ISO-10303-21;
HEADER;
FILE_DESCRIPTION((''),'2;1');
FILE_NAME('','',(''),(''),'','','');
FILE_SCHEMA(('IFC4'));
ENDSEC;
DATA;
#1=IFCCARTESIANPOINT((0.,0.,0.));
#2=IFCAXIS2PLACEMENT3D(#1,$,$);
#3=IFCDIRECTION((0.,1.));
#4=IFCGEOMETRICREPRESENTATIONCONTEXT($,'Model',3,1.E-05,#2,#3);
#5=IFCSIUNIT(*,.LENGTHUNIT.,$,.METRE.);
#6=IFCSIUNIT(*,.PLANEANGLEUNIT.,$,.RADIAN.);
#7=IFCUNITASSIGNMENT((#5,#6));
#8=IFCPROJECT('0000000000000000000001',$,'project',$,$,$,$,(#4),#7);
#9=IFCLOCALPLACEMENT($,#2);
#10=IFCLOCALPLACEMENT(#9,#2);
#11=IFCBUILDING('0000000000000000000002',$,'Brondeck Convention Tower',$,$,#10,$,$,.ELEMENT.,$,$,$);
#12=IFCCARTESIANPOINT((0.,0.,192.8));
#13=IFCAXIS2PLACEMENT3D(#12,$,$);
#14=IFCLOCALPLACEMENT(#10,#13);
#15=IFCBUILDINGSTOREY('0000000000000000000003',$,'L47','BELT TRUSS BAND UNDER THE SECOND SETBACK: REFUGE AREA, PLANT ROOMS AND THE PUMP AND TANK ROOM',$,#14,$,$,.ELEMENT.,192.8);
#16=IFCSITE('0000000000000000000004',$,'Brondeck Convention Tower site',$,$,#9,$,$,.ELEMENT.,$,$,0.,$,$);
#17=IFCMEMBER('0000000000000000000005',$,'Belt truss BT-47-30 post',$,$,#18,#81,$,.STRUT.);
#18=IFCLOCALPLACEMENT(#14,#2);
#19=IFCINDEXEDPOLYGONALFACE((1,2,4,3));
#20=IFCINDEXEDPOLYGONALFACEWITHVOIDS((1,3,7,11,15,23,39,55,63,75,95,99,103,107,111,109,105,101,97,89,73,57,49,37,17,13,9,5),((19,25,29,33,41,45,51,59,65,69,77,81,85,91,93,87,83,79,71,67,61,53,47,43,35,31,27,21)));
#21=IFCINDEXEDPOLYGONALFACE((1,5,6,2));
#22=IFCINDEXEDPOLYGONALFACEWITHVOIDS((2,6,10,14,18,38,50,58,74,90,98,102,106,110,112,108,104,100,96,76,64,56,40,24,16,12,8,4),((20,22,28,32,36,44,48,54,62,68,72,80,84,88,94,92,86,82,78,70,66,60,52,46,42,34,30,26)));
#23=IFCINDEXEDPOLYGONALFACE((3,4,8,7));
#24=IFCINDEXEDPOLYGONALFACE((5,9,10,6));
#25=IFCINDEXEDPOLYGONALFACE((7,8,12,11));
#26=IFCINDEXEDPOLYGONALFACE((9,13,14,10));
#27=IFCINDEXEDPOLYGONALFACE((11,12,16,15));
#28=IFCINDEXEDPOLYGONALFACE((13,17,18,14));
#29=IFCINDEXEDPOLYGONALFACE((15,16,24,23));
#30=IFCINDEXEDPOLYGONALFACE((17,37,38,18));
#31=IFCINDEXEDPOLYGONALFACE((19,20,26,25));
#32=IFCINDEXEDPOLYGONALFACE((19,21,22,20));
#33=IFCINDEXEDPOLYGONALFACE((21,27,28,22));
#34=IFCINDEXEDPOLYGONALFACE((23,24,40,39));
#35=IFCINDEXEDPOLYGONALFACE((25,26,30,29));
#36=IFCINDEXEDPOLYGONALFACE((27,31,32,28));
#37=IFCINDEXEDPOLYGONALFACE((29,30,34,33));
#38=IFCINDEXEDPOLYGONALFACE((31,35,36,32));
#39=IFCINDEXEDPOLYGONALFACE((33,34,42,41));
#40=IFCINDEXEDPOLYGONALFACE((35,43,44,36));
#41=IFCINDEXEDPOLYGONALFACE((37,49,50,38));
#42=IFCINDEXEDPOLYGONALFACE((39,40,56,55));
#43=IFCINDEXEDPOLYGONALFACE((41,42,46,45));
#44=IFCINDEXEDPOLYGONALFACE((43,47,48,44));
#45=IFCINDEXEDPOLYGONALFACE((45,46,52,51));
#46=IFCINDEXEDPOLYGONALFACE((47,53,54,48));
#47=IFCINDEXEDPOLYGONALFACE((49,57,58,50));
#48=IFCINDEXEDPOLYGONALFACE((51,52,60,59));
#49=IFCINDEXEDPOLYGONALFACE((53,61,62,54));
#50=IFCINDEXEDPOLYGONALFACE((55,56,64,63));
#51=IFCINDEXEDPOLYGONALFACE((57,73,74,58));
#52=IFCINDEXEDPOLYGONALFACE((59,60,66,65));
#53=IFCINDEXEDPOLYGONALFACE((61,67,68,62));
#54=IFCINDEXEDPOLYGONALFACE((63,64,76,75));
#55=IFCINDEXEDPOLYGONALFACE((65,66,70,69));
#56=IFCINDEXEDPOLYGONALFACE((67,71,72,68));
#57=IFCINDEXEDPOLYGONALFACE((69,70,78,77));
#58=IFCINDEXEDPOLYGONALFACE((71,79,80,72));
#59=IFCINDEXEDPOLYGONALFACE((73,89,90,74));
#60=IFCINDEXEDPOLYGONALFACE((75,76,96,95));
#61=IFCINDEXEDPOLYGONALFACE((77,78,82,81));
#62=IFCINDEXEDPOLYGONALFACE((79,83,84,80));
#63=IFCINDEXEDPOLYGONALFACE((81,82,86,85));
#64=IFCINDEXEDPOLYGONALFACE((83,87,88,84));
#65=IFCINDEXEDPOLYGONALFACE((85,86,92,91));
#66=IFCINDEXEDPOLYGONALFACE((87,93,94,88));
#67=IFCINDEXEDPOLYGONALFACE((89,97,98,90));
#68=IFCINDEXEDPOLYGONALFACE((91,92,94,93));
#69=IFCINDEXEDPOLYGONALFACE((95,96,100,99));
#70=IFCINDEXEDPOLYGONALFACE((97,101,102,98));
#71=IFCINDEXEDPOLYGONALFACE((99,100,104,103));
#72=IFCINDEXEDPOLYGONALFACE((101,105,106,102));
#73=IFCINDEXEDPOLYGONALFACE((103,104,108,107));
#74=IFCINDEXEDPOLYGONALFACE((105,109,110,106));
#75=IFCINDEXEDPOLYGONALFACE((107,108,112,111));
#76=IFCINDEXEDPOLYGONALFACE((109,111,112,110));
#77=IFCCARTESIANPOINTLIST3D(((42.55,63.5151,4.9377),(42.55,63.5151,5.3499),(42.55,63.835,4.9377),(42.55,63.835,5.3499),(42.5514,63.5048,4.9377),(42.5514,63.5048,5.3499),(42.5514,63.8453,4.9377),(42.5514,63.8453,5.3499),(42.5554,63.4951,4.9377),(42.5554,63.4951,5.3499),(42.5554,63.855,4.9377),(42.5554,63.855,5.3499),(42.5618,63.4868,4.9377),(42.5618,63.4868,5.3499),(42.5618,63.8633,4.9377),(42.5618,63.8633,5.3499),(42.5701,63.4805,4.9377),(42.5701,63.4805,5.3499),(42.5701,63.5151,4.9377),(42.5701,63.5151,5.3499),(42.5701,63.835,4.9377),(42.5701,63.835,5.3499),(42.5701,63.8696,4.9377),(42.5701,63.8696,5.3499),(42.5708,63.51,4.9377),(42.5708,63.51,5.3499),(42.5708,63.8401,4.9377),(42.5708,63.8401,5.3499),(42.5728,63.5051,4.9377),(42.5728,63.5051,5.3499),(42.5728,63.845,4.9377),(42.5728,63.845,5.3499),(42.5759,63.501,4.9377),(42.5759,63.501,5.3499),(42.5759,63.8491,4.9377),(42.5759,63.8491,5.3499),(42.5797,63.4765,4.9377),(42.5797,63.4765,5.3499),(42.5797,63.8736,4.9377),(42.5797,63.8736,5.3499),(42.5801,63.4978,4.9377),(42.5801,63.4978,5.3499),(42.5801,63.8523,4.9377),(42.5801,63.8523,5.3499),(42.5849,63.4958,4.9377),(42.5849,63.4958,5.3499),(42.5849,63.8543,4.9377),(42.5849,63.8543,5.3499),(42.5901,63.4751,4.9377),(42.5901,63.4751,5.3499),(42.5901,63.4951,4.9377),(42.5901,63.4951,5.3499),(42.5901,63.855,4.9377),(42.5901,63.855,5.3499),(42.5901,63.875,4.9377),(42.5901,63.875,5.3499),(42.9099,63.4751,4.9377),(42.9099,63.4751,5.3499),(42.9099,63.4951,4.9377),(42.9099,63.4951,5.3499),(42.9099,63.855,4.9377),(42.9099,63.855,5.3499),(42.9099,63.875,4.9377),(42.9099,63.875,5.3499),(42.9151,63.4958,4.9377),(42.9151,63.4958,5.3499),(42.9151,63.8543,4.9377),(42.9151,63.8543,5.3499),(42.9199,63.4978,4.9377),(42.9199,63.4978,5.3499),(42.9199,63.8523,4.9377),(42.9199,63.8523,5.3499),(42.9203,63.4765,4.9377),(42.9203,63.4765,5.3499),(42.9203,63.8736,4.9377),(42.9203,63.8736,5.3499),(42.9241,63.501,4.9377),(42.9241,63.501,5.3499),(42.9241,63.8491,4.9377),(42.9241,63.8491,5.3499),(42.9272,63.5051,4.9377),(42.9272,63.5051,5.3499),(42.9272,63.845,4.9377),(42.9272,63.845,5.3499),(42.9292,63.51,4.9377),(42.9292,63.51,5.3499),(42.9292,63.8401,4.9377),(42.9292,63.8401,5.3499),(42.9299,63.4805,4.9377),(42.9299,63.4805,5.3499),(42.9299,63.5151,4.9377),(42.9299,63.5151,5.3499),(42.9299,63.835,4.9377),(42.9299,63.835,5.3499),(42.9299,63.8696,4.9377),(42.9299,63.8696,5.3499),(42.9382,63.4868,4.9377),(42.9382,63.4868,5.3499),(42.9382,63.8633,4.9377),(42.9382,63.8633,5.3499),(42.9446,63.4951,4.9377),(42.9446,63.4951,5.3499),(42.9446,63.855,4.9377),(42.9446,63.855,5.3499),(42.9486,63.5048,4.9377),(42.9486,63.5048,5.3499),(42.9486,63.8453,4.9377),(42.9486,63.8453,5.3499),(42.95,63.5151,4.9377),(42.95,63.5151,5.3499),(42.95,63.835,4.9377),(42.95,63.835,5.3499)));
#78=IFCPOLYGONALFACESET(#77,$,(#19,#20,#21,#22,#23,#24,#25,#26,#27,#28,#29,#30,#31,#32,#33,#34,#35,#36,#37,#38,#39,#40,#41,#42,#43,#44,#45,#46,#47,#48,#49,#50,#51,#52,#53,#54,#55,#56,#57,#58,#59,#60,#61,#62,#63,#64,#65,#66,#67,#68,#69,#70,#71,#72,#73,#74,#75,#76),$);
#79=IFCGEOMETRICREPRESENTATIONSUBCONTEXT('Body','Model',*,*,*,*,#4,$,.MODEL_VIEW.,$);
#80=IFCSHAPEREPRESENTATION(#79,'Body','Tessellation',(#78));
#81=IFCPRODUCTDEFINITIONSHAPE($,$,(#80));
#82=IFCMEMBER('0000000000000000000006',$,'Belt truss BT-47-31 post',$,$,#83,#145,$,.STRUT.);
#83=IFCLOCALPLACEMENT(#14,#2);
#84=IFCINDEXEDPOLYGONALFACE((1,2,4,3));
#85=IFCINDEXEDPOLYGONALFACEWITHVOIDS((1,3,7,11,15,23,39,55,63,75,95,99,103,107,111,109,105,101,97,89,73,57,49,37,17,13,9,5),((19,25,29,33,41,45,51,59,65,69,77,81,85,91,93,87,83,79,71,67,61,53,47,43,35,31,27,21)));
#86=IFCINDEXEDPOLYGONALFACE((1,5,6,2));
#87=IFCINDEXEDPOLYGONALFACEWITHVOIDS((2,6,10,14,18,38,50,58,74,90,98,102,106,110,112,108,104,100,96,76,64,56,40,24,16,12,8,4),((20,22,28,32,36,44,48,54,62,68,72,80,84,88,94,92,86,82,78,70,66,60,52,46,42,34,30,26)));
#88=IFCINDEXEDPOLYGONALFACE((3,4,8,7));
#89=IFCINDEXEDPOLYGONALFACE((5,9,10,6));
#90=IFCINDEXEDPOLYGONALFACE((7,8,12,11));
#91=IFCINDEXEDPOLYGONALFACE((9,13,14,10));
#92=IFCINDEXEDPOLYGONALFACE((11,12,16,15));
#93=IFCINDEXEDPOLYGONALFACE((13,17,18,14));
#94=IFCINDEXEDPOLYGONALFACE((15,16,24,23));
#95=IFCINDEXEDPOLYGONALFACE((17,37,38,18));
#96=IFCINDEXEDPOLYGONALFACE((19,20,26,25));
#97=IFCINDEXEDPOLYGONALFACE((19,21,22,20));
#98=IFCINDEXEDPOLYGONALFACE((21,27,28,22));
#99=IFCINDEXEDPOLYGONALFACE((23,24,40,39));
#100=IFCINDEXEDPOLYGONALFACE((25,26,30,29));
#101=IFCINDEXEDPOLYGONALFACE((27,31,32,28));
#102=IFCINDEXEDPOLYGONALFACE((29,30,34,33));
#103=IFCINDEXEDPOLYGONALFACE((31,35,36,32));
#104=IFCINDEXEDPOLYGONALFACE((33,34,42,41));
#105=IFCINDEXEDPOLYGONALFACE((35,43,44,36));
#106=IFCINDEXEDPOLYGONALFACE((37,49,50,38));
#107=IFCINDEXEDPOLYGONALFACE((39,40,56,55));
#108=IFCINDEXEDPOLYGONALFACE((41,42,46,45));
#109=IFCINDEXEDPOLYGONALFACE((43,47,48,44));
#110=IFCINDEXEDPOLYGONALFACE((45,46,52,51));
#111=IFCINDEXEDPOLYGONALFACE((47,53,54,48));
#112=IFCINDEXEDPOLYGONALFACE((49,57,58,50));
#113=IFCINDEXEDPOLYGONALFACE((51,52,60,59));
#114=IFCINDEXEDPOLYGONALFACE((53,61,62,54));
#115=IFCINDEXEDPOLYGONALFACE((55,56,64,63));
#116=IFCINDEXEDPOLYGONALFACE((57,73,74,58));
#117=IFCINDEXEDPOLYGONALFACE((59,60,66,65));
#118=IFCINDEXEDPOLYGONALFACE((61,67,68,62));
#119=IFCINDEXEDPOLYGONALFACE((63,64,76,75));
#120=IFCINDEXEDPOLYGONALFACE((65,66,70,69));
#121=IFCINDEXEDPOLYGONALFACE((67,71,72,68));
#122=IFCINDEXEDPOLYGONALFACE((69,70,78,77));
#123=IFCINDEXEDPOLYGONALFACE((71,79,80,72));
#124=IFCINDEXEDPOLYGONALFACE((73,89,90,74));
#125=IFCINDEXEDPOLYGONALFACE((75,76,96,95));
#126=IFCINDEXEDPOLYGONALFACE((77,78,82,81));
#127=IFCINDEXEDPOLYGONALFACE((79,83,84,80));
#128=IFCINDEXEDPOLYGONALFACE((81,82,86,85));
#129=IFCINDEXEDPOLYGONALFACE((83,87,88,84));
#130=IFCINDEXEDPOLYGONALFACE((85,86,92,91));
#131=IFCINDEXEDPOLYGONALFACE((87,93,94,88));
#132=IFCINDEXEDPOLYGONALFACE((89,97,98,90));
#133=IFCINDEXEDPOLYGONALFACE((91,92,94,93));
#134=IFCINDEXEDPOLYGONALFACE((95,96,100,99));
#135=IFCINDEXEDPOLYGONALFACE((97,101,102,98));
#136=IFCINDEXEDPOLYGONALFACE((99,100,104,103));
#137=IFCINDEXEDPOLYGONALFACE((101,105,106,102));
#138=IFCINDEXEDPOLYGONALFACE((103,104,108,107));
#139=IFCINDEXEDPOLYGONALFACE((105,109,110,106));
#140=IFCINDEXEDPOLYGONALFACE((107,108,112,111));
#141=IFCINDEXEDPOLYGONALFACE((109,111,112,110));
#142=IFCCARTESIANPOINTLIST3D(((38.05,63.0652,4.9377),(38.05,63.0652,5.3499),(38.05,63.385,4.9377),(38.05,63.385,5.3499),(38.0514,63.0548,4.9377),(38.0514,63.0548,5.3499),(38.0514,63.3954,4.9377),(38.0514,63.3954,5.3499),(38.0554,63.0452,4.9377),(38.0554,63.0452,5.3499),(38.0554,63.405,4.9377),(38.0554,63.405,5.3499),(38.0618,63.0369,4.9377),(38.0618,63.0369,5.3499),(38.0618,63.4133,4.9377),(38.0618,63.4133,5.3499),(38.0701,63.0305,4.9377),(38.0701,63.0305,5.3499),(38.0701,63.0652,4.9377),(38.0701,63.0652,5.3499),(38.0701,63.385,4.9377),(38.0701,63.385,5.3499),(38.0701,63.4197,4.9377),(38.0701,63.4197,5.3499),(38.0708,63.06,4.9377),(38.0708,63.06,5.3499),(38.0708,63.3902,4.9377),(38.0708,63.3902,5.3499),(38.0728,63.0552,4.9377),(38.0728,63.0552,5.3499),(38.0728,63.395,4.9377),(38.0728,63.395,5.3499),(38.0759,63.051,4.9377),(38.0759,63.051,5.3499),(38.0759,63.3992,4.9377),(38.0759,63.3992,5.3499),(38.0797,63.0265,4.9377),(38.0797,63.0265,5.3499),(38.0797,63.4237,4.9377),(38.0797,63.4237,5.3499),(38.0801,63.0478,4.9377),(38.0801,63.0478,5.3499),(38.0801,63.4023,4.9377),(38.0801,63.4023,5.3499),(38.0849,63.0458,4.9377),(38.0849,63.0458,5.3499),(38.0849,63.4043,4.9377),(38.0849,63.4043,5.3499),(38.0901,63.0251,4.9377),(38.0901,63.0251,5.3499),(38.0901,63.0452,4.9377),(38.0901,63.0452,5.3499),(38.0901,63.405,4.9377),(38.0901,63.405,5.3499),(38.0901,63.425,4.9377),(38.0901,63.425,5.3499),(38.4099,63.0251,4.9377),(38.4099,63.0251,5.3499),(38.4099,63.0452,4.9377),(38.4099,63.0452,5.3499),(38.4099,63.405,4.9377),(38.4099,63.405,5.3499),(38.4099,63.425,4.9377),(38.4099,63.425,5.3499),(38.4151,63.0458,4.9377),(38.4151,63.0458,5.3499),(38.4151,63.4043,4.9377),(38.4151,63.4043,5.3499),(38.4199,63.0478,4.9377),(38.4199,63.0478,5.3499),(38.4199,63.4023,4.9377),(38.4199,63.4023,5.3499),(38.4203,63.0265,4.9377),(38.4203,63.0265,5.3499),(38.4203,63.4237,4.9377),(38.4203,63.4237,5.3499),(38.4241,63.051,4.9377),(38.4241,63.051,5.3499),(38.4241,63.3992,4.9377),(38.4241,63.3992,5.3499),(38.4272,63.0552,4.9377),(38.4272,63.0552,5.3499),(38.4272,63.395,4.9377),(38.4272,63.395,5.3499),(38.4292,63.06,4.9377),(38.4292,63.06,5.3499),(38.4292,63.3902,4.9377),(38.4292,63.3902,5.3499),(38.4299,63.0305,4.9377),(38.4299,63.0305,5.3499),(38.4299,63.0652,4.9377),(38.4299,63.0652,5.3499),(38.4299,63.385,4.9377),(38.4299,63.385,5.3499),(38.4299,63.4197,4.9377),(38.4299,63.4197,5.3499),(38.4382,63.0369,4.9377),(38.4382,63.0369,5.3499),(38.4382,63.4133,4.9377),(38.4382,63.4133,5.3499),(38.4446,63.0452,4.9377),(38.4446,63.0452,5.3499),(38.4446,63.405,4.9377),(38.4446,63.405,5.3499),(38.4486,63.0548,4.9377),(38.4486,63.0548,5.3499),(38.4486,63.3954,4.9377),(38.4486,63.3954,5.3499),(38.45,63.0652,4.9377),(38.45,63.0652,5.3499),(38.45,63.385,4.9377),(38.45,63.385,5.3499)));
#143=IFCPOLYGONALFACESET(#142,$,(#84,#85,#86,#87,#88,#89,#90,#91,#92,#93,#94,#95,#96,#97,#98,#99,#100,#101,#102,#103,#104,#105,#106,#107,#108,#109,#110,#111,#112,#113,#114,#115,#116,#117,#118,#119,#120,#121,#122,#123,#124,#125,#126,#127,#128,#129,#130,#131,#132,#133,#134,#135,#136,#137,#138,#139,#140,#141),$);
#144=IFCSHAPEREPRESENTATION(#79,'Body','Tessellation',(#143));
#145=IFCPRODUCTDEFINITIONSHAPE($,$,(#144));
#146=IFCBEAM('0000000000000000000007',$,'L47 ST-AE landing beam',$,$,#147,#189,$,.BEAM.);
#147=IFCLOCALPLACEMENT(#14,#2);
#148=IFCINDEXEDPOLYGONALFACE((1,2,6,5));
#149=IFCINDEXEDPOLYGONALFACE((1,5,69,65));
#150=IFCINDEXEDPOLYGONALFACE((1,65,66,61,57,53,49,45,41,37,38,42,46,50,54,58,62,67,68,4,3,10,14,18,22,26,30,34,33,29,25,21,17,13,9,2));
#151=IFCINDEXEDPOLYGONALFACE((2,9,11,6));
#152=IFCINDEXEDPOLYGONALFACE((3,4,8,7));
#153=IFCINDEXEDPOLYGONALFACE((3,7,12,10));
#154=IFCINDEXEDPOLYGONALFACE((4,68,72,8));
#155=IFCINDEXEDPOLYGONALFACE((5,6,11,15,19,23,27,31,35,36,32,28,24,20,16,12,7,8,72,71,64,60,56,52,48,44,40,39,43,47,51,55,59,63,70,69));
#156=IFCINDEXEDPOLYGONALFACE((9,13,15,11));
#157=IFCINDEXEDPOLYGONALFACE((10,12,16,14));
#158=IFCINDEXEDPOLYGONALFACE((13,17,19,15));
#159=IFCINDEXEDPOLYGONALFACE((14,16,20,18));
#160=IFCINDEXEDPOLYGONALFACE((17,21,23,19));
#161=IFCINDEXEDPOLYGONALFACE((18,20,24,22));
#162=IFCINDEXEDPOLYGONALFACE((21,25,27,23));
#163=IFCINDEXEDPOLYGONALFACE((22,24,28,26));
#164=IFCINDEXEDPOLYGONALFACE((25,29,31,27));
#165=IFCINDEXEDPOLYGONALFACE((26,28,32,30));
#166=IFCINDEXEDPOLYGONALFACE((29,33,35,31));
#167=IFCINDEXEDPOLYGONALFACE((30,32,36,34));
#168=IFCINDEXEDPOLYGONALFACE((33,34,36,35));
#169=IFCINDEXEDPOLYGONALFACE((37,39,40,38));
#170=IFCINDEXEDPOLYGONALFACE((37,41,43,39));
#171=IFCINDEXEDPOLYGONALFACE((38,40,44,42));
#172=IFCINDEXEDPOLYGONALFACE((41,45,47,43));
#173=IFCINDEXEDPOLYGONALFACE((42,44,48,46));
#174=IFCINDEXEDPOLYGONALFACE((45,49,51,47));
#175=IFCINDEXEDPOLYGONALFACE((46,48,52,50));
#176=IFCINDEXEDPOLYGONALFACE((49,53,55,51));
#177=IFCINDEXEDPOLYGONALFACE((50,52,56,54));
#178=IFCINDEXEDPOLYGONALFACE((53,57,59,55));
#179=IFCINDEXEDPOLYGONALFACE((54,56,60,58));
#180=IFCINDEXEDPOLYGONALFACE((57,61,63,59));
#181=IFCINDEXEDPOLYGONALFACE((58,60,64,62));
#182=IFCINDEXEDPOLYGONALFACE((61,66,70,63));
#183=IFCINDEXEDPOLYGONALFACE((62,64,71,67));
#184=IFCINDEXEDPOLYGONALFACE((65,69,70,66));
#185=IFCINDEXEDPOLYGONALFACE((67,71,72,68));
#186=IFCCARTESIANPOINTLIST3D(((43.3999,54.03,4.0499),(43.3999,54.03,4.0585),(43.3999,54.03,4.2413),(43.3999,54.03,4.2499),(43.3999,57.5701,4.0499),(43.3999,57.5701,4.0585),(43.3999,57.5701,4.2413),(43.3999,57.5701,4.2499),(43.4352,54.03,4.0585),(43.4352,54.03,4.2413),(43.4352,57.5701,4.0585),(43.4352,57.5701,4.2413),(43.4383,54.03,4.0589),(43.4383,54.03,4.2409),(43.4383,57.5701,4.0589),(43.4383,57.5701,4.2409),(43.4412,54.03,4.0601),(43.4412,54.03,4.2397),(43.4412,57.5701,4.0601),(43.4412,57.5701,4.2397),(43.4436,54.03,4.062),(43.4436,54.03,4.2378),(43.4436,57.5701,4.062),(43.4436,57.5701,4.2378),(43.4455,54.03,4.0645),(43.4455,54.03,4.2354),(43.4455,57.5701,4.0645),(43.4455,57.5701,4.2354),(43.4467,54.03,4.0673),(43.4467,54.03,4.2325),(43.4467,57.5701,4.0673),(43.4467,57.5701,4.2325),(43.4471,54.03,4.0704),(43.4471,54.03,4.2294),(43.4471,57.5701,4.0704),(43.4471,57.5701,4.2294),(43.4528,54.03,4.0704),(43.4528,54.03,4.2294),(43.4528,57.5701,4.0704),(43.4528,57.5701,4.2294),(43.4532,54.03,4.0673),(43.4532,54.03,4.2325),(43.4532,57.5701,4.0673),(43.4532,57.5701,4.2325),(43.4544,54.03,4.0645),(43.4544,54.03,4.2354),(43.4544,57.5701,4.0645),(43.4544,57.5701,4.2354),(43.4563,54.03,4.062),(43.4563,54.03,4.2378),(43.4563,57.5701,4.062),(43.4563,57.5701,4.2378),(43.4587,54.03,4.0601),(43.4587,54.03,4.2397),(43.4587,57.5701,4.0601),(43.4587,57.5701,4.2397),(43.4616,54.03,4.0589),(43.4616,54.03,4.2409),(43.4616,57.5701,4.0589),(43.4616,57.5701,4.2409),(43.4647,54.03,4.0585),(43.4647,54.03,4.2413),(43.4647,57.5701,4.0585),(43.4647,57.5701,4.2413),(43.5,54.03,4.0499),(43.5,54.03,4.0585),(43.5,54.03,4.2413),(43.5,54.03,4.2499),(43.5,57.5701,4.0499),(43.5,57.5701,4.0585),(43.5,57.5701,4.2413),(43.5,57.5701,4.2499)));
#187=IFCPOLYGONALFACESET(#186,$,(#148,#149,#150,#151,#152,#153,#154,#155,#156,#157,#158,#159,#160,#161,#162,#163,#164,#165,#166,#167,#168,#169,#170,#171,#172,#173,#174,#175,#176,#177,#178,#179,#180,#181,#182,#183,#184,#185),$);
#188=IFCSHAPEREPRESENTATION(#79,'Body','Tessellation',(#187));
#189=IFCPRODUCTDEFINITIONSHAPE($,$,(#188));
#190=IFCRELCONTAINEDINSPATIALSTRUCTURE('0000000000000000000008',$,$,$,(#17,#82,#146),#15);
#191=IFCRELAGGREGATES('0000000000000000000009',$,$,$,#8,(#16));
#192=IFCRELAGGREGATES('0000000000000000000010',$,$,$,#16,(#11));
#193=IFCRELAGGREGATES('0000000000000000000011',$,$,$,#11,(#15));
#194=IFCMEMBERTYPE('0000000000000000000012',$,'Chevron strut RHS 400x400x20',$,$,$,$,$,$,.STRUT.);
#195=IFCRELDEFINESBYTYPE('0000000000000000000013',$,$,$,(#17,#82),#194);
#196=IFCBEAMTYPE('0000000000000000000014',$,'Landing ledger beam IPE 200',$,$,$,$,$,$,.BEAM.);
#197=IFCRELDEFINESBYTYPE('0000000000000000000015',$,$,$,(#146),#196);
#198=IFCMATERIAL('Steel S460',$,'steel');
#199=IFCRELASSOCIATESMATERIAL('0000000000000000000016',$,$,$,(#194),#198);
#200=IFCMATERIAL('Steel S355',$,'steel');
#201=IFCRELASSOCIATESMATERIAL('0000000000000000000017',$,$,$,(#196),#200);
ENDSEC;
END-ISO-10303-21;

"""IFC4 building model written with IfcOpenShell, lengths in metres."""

from ifc_helpers import new_model, si_unit, direction, frame, origin, origin_2d, place, context, subcontext, project, spatial, hollow_rectangle, i_section, extrude, material, material_profile, profile_set, type_object, element, save


model = new_model("IFC4")

# Units and contexts
model_context = context("Model", 3, precision=1e-05, world=origin(), true_north=direction((0.0, 1.0)))
body_context = subcontext(model_context, "Body", "Model", "MODEL_VIEW")
ifc_project = project(units=[si_unit("LENGTHUNIT", "METRE"), si_unit("PLANEANGLEUNIT", "RADIAN")], contexts=[model_context])

# Site, building, storey
site_placement = place(None, origin())
site = spatial("IfcSite", under=ifc_project, at=site_placement, Name="Brondeck Convention Tower site", CompositionType="ELEMENT", RefElevation=0.0)
building_placement = place(site_placement, origin())
building = spatial("IfcBuilding", under=site, at=building_placement, Name="Brondeck Convention Tower", CompositionType="ELEMENT")
storey_placement = place(building_placement, frame((0.0, 0.0, 192.8)))
storey = spatial("IfcBuildingStorey", under=building, at=storey_placement, Name="L47", Description="BELT TRUSS BAND UNDER THE SECOND SETBACK: REFUGE AREA, PLANT ROOMS AND THE PUMP AND TANK ROOM", CompositionType="ELEMENT", Elevation=192.8)

# Members
ifc_material_1 = material(Name="Steel S460", Category="steel")
ifc_material_profile_1 = material_profile(ifc_material_1, hollow_rectangle(XDim=0.3999, YDim=0.3999, WallThickness=0.02, InnerFilletRadius=0.02, OuterFilletRadius=0.04, at=origin_2d()), Name="RHS 400x400x20")
ifc_profile_set_1 = profile_set([ifc_material_profile_1], Name="Steel S460")
member_type_1 = type_object("IfcMemberType", Name="Chevron strut RHS 400x400x20", PredefinedType="STRUT", material=ifc_profile_set_1)
for number, where, z_axis, x_axis, name in (
    (1, (42.75, 63.675, 4.9377), (0.0, 0.0, 1.0), (1.0, 0.0, 0.0), "Belt truss BT-47-30 post"),
    (2, (38.25, 63.2251, 4.9377), (0.0, 0.0, 1.0), (1.0, 0.0, 0.0), "Belt truss BT-47-31 post"),
):
    element("IfcMember", number, at=place(storey_placement, frame(where, z_axis=z_axis, x_axis=x_axis)), inside=storey, type_object=member_type_1, Name=name, PredefinedType="STRUT", context=body_context, shape_type="SweptSolid", body=[
        extrude(hollow_rectangle(XDim=0.3999, YDim=0.3999, WallThickness=0.02, InnerFilletRadius=0.02, OuterFilletRadius=0.04, at=origin_2d()), origin(), (0.0, 0.0, 1.0), 0.4121),
    ])

# Beam
ifc_material_2 = material(Name="Steel S355", Category="steel")
ifc_material_profile_2 = material_profile(ifc_material_2, i_section(OverallWidth=0.1001, OverallDepth=0.2, WebThickness=0.0056, FlangeThickness=0.0085, FilletRadius=0.012, at=origin_2d()), Name="IPE200")
ifc_profile_set_2 = profile_set([ifc_material_profile_2], Name="Steel S355")
beam_type_1 = type_object("IfcBeamType", Name="Landing ledger beam IPE 200", PredefinedType="BEAM", material=ifc_profile_set_2)
beam_placement = place(storey_placement, frame((43.45, 54.03, 4.1499), z_axis=(0.0, 1.0, 0.0), x_axis=(-1.0, 0.0, 0.0)))
element("IfcBeam", 3, at=beam_placement, inside=storey, type_object=beam_type_1, Name="L47 ST-AE landing beam", PredefinedType="BEAM", context=body_context, shape_type="SweptSolid", body=[
    extrude(i_section(OverallWidth=0.1001, OverallDepth=0.2, WebThickness=0.0056, FlangeThickness=0.0085, FilletRadius=0.012, at=origin_2d()), origin(), (0.0, 0.0, 1.0), 3.54),
])

save(model, "model.ifc")
